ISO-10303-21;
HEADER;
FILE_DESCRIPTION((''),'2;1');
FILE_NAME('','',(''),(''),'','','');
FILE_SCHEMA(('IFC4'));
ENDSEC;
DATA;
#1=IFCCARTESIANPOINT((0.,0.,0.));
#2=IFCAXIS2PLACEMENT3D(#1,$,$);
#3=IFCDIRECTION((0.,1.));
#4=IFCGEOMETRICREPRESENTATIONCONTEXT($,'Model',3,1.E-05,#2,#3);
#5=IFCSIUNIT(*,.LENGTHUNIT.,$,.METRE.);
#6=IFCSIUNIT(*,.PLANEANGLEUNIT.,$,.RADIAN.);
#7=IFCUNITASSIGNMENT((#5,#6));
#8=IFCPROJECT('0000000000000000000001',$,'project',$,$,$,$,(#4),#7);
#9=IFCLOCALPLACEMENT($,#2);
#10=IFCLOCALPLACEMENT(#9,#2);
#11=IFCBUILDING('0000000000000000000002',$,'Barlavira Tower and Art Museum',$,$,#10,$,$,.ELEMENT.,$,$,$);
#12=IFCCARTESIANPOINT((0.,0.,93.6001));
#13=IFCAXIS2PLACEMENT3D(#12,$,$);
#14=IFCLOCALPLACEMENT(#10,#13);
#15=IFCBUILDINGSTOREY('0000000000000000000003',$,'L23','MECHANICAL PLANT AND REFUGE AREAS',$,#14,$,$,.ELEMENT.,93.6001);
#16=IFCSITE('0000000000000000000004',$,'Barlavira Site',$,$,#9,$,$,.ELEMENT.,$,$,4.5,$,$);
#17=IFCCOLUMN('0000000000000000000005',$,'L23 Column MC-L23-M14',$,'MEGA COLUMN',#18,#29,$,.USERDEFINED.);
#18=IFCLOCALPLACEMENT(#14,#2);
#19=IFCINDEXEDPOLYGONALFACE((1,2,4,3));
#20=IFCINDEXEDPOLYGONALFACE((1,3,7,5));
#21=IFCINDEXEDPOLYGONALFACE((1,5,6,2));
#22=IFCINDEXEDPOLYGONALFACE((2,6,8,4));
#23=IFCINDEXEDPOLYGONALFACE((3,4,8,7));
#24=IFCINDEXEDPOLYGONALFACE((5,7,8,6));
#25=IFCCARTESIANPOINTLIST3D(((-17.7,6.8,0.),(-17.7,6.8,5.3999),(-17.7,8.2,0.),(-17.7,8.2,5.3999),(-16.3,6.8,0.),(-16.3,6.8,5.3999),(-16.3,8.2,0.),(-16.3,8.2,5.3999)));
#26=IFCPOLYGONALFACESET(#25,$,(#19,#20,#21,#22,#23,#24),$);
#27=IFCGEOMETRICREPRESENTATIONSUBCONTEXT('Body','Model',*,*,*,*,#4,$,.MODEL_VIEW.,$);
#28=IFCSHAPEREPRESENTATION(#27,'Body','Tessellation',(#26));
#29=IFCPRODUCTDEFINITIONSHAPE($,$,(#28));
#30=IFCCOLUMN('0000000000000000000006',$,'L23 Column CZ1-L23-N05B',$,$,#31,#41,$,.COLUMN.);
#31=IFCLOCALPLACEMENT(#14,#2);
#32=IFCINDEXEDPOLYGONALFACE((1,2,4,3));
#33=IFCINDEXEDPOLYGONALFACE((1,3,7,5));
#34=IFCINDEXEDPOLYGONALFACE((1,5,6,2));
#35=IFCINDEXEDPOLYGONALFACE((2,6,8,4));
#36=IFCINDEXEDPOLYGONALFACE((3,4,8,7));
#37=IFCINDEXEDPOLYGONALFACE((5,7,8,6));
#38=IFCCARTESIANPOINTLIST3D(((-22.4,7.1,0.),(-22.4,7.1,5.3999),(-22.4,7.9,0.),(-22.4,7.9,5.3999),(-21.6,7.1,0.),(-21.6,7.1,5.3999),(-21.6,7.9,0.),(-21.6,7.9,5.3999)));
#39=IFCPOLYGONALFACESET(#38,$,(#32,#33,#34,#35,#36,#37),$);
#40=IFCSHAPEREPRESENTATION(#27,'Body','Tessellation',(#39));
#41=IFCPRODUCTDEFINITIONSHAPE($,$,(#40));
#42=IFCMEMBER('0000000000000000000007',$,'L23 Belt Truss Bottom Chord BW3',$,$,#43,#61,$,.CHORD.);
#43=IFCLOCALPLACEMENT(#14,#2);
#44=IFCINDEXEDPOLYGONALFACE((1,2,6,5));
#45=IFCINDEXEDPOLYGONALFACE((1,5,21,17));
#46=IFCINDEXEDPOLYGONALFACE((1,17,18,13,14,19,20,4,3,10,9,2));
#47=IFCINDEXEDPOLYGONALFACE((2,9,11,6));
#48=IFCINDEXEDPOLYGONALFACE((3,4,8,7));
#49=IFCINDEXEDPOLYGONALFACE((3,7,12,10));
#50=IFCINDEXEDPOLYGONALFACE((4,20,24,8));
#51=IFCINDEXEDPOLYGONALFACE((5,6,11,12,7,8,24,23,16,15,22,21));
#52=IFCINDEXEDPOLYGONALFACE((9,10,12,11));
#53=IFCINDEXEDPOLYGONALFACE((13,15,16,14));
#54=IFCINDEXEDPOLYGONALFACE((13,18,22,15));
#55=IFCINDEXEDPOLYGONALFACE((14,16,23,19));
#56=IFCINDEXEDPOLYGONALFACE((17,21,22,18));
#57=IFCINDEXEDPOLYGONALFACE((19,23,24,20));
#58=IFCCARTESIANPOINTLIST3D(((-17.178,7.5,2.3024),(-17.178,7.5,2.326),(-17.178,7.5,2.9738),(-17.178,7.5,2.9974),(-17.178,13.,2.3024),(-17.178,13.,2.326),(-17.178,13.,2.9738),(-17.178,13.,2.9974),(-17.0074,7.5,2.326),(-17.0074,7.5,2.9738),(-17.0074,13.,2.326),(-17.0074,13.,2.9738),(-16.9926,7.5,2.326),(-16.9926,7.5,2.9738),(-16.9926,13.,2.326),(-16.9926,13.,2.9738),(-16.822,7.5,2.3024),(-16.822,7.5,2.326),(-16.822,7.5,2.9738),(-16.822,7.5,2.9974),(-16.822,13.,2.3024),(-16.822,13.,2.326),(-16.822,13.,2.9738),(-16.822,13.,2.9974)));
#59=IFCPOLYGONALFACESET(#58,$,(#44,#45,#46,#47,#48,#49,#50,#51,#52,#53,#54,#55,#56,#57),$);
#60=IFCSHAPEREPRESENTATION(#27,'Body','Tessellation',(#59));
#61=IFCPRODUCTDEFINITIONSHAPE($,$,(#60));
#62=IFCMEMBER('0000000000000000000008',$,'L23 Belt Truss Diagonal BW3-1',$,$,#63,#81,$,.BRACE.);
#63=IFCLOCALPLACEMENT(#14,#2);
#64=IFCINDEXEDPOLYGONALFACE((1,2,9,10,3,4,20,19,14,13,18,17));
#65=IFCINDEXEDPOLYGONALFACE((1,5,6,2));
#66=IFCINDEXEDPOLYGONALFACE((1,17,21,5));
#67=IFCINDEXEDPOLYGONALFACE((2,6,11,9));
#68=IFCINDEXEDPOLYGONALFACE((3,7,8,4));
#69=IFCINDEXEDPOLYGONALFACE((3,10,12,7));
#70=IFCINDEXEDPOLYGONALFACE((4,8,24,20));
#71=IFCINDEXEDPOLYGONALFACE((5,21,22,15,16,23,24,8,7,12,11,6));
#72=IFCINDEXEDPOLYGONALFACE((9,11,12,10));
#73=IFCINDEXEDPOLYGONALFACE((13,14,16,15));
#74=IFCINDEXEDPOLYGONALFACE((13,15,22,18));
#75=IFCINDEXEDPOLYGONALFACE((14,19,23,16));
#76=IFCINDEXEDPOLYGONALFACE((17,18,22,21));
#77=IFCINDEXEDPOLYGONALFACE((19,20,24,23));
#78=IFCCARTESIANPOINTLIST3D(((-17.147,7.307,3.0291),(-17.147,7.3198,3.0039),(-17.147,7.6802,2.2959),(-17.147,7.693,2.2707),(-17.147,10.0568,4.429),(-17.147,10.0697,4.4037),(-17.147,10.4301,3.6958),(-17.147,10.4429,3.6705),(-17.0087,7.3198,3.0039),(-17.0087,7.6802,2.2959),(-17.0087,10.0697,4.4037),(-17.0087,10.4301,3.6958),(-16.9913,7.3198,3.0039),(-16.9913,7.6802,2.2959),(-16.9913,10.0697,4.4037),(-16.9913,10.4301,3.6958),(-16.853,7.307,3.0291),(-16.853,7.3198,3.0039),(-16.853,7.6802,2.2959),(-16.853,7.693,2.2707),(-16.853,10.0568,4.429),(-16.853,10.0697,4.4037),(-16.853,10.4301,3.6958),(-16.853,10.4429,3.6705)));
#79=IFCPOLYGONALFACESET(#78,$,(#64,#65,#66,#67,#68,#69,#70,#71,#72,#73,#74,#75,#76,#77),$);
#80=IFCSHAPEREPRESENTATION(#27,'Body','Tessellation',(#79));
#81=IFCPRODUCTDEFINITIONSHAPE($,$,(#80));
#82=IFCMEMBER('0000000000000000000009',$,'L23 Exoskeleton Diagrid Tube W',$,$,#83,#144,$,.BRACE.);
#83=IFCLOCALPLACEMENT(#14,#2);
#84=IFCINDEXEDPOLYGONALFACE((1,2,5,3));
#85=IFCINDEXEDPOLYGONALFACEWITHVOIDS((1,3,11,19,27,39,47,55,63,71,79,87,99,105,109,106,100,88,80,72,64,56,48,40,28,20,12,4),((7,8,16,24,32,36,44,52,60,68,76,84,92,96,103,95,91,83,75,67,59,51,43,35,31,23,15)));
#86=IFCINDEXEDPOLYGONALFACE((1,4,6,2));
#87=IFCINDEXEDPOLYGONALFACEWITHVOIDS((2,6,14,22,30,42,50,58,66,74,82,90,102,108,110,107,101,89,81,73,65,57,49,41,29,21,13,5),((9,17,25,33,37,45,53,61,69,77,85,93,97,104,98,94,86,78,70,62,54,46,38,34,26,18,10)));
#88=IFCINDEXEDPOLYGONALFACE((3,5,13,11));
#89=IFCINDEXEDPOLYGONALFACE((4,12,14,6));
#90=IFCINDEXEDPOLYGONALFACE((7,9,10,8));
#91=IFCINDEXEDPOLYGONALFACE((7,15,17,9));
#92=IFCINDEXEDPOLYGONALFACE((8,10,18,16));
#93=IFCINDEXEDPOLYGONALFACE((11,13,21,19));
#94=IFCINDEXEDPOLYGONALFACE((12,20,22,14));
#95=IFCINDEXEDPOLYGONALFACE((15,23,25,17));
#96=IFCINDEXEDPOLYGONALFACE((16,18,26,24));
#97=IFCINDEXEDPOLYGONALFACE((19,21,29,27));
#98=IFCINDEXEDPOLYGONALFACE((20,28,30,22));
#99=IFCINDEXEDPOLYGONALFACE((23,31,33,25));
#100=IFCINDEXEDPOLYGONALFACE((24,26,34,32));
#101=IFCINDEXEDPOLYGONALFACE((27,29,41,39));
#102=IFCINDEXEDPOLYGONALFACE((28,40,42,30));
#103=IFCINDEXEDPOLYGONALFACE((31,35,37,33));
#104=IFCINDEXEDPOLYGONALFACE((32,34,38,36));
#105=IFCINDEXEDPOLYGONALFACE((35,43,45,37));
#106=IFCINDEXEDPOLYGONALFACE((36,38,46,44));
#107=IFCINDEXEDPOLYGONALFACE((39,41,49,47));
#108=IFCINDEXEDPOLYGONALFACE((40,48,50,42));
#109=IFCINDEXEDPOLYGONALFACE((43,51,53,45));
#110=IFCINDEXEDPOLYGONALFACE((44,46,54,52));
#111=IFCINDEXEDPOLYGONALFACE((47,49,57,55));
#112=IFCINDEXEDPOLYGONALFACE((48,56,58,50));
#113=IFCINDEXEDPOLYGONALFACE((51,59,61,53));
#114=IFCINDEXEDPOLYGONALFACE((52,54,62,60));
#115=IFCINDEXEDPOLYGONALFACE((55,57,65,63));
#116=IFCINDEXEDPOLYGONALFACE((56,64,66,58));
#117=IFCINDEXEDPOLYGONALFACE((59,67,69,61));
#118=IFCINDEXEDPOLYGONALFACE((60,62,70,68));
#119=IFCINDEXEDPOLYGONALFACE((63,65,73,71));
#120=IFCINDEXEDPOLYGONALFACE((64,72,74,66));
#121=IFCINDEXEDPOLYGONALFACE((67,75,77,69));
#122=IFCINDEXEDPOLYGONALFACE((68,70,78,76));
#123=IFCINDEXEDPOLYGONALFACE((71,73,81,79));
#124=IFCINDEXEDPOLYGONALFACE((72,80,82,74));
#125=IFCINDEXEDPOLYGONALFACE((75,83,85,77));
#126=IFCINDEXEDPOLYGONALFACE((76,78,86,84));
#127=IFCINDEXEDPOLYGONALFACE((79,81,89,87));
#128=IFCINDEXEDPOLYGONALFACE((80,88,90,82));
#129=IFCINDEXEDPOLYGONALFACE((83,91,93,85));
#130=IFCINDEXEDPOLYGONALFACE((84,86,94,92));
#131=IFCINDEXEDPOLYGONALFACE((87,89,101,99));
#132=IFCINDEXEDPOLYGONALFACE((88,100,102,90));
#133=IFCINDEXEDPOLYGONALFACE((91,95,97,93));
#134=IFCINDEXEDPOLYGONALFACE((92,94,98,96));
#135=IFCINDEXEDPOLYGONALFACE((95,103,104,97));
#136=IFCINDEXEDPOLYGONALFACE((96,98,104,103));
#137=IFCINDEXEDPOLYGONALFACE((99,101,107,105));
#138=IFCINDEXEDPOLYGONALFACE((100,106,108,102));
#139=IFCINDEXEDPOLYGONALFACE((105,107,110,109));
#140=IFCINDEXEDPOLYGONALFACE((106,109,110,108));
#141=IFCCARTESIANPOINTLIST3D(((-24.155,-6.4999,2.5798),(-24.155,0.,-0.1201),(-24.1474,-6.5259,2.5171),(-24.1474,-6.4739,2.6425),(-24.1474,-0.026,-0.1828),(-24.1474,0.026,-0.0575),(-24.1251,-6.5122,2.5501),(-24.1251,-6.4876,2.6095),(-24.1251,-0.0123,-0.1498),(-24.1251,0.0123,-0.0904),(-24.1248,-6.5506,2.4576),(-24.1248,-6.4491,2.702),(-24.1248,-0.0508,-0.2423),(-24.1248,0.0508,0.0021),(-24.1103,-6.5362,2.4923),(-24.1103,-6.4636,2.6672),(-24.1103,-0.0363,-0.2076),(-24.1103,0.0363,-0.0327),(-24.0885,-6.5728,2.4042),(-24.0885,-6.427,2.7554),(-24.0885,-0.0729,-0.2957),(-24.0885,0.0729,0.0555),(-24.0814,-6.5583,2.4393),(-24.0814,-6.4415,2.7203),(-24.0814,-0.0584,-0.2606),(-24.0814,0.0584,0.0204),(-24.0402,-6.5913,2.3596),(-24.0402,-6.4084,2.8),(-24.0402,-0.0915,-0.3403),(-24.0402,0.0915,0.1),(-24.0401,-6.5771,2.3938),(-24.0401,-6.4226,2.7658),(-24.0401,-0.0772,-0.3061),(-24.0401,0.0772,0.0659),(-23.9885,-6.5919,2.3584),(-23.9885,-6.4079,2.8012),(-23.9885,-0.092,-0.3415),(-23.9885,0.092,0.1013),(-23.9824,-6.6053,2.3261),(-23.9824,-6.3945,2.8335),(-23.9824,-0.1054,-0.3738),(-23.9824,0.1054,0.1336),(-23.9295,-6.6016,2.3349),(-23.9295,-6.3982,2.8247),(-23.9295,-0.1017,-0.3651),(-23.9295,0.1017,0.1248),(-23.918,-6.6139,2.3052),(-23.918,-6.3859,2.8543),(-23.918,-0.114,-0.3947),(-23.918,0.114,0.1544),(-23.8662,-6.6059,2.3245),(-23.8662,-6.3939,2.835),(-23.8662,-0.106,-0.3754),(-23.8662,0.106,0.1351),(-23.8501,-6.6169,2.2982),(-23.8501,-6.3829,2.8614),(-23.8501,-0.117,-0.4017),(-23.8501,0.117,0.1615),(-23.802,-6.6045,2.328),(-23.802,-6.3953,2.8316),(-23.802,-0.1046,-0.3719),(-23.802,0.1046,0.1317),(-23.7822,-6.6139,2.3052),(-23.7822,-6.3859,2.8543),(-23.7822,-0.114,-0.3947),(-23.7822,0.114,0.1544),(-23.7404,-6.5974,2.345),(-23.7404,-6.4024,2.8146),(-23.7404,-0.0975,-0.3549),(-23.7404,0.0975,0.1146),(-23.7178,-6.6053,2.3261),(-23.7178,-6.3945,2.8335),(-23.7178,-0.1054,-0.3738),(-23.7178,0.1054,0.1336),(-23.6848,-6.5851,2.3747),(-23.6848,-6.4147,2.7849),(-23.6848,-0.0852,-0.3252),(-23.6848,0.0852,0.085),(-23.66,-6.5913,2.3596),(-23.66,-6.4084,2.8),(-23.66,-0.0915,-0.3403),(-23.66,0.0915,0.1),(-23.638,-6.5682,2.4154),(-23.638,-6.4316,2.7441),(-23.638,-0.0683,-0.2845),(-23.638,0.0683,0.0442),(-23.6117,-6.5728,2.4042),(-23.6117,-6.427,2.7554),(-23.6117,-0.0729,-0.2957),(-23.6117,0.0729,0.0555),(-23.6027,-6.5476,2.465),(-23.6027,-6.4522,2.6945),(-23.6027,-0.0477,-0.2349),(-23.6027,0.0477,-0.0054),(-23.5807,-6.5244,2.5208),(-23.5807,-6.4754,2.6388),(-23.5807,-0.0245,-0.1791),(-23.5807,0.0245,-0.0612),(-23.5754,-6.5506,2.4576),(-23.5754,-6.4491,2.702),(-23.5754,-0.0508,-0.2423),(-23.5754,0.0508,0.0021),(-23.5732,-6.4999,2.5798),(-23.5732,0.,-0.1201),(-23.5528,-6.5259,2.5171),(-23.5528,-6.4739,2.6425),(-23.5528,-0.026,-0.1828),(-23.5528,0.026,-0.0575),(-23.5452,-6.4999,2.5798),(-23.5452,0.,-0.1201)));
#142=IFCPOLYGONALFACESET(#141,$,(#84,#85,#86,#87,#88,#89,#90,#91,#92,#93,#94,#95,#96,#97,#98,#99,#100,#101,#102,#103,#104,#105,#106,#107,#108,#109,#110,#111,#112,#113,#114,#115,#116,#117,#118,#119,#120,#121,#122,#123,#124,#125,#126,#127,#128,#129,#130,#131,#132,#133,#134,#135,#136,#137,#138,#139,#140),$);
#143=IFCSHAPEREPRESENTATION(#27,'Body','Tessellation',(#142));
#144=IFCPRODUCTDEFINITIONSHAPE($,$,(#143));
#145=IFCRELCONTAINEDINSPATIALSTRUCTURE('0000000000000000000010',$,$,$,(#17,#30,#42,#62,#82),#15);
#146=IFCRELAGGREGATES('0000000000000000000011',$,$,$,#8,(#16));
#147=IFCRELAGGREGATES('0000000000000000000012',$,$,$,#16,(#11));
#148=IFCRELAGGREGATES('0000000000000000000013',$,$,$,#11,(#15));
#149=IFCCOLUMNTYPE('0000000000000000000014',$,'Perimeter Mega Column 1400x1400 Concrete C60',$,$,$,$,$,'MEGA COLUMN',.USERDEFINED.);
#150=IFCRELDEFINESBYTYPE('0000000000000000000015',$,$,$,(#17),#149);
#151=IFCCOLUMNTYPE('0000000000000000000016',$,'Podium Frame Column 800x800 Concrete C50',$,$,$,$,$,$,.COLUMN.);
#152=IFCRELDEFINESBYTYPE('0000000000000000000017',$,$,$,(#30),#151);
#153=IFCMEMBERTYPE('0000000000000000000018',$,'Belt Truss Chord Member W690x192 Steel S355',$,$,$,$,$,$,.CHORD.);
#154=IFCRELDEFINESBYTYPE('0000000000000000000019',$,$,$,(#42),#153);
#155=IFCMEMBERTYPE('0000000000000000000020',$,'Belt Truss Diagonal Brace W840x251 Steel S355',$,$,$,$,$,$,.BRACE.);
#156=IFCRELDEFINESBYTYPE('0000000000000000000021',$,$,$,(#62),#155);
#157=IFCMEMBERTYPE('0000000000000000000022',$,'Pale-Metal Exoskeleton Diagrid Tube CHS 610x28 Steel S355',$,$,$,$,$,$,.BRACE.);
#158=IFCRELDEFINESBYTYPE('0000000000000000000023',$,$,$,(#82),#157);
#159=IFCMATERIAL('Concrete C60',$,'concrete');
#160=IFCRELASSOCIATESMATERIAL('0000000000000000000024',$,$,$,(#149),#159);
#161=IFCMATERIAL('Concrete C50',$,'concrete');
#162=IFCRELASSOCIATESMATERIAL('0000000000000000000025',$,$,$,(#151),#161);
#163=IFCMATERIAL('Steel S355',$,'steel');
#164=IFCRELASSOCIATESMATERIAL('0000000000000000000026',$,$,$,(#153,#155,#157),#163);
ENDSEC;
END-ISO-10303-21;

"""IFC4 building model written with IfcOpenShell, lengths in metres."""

from ifc_helpers import new_model, si_unit, direction, frame, origin, origin_2d, place, context, subcontext, project, spatial, rectangle, hollow_circle, i_section, extrude, material, material_profile, profile_set, type_object, element, save


model = new_model("IFC4")

# Units and contexts
model_context = context("Model", 3, precision=1e-05, world=origin(), true_north=direction((0.0, 1.0)))
body_context = subcontext(model_context, "Body", "Model", "MODEL_VIEW")
ifc_project = project(units=[si_unit("LENGTHUNIT", "METRE"), si_unit("PLANEANGLEUNIT", "RADIAN")], contexts=[model_context])

# Site, building, storey
site_placement = place(None, origin())
site = spatial("IfcSite", under=ifc_project, at=site_placement, Name="Barlavira Site", CompositionType="ELEMENT", RefElevation=4.5)
building_placement = place(site_placement, origin())
building = spatial("IfcBuilding", under=site, at=building_placement, Name="Barlavira Tower and Art Museum", CompositionType="ELEMENT")
storey_placement = place(building_placement, frame((0.0, 0.0, 93.6001)))
storey = spatial("IfcBuildingStorey", under=building, at=storey_placement, Name="L23", Description="MECHANICAL PLANT AND REFUGE AREAS", CompositionType="ELEMENT", Elevation=93.6001)

# Columns
ifc_material_1 = material(Name="Concrete C60", Category="concrete")
ifc_material_profile_1 = material_profile(ifc_material_1, rectangle(XDim=1.3999, YDim=1.3999, at=origin_2d()), Name="RC-MCOL 1400x1400")
ifc_profile_set_1 = profile_set([ifc_material_profile_1], Name="Concrete C60")
column_type_1 = type_object("IfcColumnType", Name="Perimeter Mega Column 1400x1400 Concrete C60", ElementType="MEGA COLUMN", PredefinedType="USERDEFINED", material=ifc_profile_set_1)
column_1_placement = place(storey_placement, frame((-17.0, 7.5, 0.0), z_axis=(0.0, 0.0, 1.0), x_axis=(1.0, 0.0, 0.0)))
element("IfcColumn", 1, at=column_1_placement, inside=storey, type_object=column_type_1, Name="L23 Column MC-L23-M14", ObjectType="MEGA COLUMN", PredefinedType="USERDEFINED", context=body_context, shape_type="SweptSolid", body=[
    extrude(rectangle(XDim=1.3999, YDim=1.3999, at=origin_2d()), origin(), (0.0, 0.0, 1.0), 5.3999),
])
ifc_material_2 = material(Name="Concrete C50", Category="concrete")
ifc_material_profile_2 = material_profile(ifc_material_2, rectangle(XDim=0.8, YDim=0.8, at=origin_2d()), Name="RC-COL 800x800")
ifc_profile_set_2 = profile_set([ifc_material_profile_2], Name="Concrete C50")
column_type_2 = type_object("IfcColumnType", Name="Podium Frame Column 800x800 Concrete C50", PredefinedType="COLUMN", material=ifc_profile_set_2)
column_2_placement = place(storey_placement, frame((-22.0, 7.5, 0.0), z_axis=(0.0, 0.0, 1.0), x_axis=(1.0, 0.0, 0.0)))
element("IfcColumn", 2, at=column_2_placement, inside=storey, type_object=column_type_2, Name="L23 Column CZ1-L23-N05B", PredefinedType="COLUMN", context=body_context, shape_type="SweptSolid", body=[
    extrude(rectangle(XDim=0.8, YDim=0.8, at=origin_2d()), origin(), (0.0, 0.0, 1.0), 5.3999),
])

# Members
ifc_material_3 = material(Name="Steel S355", Category="steel")
ifc_material_profile_3 = material_profile(ifc_material_3, i_section(OverallWidth=0.356, OverallDepth=0.6951, WebThickness=0.0149, FlangeThickness=0.0237, at=origin_2d()), Name="W690x192.0")
ifc_profile_set_3 = profile_set([ifc_material_profile_3], Name="Steel S355")
member_type_1 = type_object("IfcMemberType", Name="Belt Truss Chord Member W690x192 Steel S355", PredefinedType="CHORD", material=ifc_profile_set_3)
member_1_placement = place(storey_placement, frame((-17.0, 7.5, 2.6499), z_axis=(0.0, 1.0, 0.0), x_axis=(-1.0, 0.0, 0.0)))
element("IfcMember", 3, at=member_1_placement, inside=storey, type_object=member_type_1, Name="L23 Belt Truss Bottom Chord BW3", PredefinedType="CHORD", context=body_context, shape_type="SweptSolid", body=[
    extrude(i_section(OverallWidth=0.356, OverallDepth=0.6951, WebThickness=0.0149, FlangeThickness=0.0237, at=origin_2d()), origin(), (0.0, 0.0, 1.0), 5.5),
])
ifc_material_profile_4 = material_profile(ifc_material_3, i_section(OverallWidth=0.2939, OverallDepth=0.8511, WebThickness=0.0173, FlangeThickness=0.0283, at=origin_2d()), Name="W840x251.0")
ifc_profile_set_4 = profile_set([ifc_material_profile_4], Name="Steel S355")
member_type_2 = type_object("IfcMemberType", Name="Belt Truss Diagonal Brace W840x251 Steel S355", PredefinedType="BRACE", material=ifc_profile_set_4)
member_2_placement = place(storey_placement, frame((-17.0, 7.5, 2.6499), z_axis=(0.0, 0.891176, 0.453658), x_axis=(-1.0, 0.0, 0.0)))
element("IfcMember", 4, at=member_2_placement, inside=storey, type_object=member_type_2, Name="L23 Belt Truss Diagonal BW3-1", PredefinedType="BRACE", context=body_context, shape_type="SweptSolid", body=[
    extrude(i_section(OverallWidth=0.2939, OverallDepth=0.8511, WebThickness=0.0173, FlangeThickness=0.0283, at=origin_2d()), origin(), (0.0, 0.0, 1.0), 3.0857),
])
ifc_material_profile_5 = material_profile(ifc_material_3, hollow_circle(Radius=0.3049, WallThickness=0.0281, at=origin_2d()), Name="CHS 610.0x28.0")
ifc_profile_set_5 = profile_set([ifc_material_profile_5], Name="Steel S355")
member_type_3 = type_object("IfcMemberType", Name="Pale-Metal Exoskeleton Diagrid Tube CHS 610x28 Steel S355", PredefinedType="BRACE", material=ifc_profile_set_5)
for number, where, z_axis, x_axis, name in (
    (5, (-23.8501, 0.0, -0.1201), (0.0, -0.923499, 0.3836), (1.0, 0.0, 0.0), "L23 Exoskeleton Diagrid Tube W"),
):
    element("IfcMember", number, at=place(storey_placement, frame(where, z_axis=z_axis, x_axis=x_axis)), inside=storey, type_object=member_type_3, Name=name, PredefinedType="BRACE", context=body_context, shape_type="SweptSolid", body=[
        extrude(hollow_circle(Radius=0.3049, WallThickness=0.0281, at=origin_2d()), origin(), (0.0, 0.0, 1.0), 7.0383),
    ])

save(model, "model.ifc")
